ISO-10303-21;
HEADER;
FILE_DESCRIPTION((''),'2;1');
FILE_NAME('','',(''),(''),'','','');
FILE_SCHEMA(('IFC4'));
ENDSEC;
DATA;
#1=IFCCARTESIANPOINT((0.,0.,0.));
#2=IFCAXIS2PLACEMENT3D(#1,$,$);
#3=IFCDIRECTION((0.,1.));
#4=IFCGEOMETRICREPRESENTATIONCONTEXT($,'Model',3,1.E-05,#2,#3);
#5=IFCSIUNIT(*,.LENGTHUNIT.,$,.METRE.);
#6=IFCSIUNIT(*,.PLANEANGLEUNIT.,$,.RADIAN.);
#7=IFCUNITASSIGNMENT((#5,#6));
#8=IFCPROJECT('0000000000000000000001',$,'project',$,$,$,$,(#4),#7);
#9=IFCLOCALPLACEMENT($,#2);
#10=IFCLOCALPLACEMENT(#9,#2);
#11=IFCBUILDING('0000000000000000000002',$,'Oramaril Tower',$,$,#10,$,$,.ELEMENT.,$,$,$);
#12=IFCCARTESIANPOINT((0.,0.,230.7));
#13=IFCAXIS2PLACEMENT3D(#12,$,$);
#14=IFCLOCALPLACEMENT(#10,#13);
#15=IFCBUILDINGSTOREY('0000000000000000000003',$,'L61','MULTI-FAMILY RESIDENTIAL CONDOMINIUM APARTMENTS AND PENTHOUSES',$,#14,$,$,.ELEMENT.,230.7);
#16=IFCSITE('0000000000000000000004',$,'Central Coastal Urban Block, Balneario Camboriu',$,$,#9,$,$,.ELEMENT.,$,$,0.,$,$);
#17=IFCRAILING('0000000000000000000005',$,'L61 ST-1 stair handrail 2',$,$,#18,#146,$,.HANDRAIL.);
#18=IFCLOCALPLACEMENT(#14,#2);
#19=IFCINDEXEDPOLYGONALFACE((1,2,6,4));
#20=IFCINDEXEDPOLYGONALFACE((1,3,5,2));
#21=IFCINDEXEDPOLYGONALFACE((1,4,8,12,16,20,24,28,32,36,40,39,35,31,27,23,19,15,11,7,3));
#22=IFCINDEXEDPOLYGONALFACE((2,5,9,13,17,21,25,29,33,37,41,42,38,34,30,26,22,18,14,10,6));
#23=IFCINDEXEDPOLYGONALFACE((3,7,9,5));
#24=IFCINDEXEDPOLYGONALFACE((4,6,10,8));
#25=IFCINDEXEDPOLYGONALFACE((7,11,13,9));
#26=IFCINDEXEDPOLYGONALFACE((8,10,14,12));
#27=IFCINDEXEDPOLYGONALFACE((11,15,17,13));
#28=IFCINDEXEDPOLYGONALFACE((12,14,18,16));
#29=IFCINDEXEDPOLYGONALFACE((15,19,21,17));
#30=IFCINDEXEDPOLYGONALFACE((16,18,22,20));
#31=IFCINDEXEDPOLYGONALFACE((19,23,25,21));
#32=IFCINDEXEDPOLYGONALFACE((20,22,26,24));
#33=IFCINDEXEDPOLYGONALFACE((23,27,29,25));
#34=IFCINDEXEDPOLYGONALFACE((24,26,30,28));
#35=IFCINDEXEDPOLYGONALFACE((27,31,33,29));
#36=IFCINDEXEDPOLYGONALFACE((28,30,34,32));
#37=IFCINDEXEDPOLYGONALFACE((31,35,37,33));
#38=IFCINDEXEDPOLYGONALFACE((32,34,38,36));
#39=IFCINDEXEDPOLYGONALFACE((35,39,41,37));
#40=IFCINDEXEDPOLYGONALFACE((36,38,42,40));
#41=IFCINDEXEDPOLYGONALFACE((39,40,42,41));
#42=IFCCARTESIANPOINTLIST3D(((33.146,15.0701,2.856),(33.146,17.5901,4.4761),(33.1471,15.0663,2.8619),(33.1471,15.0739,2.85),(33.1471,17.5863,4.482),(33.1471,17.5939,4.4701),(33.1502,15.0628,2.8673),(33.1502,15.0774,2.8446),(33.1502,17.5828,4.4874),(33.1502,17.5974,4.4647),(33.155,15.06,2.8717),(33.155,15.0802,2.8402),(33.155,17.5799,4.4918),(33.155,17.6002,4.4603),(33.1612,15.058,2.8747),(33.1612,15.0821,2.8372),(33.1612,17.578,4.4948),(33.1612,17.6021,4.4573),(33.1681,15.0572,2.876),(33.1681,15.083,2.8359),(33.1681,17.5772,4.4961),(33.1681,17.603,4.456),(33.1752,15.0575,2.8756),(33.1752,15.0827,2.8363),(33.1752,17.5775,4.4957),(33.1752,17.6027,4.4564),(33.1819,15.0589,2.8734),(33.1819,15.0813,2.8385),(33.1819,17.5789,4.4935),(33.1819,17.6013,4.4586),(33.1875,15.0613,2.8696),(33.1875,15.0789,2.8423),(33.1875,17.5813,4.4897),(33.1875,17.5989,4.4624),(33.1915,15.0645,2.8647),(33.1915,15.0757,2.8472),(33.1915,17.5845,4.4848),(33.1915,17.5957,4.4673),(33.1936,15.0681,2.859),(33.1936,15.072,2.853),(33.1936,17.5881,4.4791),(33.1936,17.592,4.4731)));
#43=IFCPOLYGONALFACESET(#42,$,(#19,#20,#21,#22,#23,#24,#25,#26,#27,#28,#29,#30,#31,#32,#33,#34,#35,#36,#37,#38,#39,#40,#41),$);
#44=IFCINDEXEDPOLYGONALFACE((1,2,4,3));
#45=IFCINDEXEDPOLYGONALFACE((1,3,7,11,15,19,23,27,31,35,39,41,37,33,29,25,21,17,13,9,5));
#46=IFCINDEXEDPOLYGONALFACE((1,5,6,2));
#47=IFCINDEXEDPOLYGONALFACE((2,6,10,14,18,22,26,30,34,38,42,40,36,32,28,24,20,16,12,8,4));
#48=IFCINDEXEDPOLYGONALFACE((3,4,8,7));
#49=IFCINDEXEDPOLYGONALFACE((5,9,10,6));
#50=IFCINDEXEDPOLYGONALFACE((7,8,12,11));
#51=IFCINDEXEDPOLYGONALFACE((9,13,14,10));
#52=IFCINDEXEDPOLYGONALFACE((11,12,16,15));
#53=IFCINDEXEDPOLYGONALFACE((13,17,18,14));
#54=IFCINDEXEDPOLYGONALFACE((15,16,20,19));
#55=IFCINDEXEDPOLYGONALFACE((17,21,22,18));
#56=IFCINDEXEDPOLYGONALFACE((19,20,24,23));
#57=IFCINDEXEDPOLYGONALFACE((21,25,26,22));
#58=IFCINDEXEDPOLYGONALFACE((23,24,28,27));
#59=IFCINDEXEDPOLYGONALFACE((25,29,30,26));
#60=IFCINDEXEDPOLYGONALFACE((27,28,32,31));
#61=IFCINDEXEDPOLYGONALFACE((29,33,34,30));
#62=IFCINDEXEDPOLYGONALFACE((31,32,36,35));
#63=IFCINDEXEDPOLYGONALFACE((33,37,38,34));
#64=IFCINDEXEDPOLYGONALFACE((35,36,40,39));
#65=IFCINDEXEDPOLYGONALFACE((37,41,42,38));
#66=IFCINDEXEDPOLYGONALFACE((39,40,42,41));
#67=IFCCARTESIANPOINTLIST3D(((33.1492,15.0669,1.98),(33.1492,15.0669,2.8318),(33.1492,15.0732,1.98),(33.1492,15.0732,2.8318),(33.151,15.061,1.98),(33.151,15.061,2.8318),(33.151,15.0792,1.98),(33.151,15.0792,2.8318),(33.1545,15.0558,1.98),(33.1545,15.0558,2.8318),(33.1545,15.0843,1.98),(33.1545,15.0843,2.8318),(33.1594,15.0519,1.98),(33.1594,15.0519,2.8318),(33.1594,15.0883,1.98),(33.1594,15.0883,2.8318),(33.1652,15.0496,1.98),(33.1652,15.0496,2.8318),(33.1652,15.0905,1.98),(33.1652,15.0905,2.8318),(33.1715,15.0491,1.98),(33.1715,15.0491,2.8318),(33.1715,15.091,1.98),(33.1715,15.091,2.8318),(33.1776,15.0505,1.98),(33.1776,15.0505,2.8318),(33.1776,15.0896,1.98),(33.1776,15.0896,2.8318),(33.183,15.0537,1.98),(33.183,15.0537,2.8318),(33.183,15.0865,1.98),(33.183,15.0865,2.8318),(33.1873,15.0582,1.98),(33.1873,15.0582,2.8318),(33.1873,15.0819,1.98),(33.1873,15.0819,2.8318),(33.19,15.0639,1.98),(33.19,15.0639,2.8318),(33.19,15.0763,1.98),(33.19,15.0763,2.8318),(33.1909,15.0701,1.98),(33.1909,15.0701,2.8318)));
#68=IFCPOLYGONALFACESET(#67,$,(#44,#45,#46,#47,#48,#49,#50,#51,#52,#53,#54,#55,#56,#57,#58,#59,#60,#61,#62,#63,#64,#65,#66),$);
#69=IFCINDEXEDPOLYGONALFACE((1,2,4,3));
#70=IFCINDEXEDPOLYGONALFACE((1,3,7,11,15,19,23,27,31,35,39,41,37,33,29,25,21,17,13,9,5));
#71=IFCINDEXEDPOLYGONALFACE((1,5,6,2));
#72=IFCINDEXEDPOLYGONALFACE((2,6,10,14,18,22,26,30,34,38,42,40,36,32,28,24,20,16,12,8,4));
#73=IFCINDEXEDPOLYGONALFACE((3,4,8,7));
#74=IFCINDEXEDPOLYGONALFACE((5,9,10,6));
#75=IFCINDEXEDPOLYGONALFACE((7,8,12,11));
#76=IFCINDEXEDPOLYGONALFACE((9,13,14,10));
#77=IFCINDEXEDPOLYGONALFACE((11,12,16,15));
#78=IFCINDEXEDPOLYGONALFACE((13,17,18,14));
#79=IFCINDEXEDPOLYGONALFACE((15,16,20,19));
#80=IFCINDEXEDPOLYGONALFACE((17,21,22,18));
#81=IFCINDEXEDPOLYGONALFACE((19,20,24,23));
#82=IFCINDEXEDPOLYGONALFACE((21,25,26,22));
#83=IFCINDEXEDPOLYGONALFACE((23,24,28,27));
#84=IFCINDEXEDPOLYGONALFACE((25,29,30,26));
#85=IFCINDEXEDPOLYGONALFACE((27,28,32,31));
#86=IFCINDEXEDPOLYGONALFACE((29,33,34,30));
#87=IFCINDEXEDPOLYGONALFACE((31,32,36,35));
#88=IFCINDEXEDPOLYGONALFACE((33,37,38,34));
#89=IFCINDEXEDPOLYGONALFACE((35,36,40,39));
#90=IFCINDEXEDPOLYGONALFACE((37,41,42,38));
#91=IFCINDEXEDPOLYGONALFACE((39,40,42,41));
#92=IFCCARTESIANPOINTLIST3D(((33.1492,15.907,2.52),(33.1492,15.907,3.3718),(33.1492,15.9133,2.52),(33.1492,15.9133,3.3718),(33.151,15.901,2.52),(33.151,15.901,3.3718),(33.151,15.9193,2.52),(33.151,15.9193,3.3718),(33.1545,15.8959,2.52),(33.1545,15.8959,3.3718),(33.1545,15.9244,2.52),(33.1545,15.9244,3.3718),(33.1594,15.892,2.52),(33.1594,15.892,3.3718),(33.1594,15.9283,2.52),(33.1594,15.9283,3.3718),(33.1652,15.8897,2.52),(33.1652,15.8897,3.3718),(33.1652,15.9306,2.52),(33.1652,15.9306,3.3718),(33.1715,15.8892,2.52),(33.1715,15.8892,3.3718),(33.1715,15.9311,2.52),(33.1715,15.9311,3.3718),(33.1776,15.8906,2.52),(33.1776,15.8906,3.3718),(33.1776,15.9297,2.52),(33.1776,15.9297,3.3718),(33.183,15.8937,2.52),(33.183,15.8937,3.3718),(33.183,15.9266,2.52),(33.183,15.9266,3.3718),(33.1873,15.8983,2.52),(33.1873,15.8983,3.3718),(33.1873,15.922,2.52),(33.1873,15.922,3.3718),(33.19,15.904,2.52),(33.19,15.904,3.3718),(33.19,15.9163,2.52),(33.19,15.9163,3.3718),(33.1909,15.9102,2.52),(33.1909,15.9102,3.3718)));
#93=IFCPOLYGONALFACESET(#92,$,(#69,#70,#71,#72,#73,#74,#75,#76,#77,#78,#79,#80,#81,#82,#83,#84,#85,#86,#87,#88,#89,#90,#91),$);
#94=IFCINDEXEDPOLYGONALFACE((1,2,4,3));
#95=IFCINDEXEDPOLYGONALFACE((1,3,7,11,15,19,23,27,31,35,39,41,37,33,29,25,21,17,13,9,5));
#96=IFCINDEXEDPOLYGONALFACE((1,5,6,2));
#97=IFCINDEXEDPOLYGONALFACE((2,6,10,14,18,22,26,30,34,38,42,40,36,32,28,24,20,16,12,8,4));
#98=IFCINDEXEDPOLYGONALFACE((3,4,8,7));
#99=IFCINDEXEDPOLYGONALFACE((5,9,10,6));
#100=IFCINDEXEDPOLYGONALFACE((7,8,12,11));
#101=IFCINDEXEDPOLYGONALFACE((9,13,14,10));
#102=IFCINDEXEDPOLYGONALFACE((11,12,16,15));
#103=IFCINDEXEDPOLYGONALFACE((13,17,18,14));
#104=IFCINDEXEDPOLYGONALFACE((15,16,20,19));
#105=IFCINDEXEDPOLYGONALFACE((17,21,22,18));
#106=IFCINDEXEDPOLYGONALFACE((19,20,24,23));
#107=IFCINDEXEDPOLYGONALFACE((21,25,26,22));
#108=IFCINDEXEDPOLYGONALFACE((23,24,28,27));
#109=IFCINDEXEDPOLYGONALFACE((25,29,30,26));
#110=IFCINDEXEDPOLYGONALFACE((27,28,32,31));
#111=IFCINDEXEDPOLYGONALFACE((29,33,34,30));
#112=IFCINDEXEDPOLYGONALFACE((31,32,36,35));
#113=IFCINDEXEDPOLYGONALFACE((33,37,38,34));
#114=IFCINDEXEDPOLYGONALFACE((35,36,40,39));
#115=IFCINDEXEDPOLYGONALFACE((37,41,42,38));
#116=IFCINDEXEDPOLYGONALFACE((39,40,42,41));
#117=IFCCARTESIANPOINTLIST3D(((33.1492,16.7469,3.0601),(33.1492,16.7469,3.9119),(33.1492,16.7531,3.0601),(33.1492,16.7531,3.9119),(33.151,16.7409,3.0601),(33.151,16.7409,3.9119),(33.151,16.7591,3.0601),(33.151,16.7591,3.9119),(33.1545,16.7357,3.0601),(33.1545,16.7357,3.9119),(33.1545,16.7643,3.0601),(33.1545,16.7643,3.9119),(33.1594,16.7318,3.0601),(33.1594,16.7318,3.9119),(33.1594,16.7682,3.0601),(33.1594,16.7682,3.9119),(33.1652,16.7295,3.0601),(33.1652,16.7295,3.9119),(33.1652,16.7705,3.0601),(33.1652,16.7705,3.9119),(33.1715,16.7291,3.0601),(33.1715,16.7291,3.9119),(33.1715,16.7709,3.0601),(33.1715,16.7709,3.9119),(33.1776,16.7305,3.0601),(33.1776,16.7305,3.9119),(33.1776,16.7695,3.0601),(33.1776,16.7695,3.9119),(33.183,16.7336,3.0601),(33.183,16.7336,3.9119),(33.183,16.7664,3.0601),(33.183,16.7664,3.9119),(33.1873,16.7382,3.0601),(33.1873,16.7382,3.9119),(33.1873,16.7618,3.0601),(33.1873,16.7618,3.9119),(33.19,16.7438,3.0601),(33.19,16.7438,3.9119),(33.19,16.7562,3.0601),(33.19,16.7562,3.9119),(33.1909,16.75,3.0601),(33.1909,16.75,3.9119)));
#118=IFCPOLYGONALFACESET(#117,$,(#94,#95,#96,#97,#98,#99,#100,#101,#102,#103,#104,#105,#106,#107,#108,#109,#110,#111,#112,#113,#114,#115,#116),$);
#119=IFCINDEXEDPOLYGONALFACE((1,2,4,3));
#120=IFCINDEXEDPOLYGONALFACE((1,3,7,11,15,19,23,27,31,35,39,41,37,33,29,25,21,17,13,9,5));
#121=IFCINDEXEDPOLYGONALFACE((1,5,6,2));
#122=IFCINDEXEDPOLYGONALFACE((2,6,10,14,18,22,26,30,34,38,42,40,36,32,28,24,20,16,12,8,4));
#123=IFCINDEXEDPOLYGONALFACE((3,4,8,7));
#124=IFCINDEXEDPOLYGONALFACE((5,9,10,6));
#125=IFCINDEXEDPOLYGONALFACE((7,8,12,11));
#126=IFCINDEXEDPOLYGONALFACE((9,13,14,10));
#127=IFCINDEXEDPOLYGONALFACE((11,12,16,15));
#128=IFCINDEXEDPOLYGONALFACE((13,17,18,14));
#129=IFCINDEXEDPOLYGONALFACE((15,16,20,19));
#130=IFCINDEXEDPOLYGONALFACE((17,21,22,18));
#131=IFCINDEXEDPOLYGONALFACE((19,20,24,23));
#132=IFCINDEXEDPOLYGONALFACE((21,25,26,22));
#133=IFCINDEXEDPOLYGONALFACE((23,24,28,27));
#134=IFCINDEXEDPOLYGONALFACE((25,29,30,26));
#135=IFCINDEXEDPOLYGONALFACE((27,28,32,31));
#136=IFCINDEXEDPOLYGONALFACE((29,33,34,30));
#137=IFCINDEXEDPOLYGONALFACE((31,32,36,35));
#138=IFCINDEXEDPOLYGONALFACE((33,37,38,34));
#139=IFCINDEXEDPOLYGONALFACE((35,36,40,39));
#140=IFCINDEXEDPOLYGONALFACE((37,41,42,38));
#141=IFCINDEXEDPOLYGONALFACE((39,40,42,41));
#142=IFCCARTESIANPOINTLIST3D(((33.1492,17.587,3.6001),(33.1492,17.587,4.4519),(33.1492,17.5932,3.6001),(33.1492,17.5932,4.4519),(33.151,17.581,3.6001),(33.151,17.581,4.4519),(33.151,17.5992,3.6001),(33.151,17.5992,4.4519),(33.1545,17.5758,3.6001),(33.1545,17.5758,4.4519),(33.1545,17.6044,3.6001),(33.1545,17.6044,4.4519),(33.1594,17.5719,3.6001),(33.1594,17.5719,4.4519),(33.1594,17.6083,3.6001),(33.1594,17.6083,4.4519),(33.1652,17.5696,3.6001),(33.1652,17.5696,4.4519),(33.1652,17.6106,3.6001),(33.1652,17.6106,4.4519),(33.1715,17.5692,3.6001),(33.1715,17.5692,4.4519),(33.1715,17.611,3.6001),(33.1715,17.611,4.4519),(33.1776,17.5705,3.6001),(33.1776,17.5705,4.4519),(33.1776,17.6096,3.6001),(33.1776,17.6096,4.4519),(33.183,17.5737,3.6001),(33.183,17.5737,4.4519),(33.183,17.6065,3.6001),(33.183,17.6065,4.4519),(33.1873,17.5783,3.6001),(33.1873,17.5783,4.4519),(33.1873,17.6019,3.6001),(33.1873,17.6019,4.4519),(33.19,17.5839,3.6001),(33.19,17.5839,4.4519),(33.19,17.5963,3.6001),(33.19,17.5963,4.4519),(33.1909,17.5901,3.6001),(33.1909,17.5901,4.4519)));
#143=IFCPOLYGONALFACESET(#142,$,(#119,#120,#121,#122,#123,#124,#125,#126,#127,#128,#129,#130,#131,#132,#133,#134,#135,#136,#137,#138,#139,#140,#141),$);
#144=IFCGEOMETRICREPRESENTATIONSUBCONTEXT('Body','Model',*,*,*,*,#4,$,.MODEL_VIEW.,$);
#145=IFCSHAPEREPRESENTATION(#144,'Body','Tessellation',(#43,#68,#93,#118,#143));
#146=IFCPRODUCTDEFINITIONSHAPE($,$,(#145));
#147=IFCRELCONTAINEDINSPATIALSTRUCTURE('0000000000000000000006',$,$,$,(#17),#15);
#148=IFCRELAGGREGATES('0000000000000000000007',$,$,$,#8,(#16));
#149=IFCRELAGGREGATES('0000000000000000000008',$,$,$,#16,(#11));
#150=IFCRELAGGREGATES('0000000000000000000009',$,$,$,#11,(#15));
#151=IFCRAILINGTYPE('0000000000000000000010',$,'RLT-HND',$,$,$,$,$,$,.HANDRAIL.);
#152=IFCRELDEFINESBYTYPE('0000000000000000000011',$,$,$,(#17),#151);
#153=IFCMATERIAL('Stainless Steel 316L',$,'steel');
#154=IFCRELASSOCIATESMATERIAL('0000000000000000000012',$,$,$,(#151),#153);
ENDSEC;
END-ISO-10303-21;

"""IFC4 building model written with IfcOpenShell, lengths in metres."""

from ifc_helpers import new_model, si_unit, direction, frame, origin, origin_2d, place, context, subcontext, project, spatial, circle, extrude, material, type_object, element, save


model = new_model("IFC4")

# Units and contexts
model_context = context("Model", 3, precision=1e-05, world=origin(), true_north=direction((0.0, 1.0)))
body_context = subcontext(model_context, "Body", "Model", "MODEL_VIEW")
ifc_project = project(units=[si_unit("LENGTHUNIT", "METRE"), si_unit("PLANEANGLEUNIT", "RADIAN")], contexts=[model_context])

# Site, building, storey
site_placement = place(None, origin())
site = spatial("IfcSite", under=ifc_project, at=site_placement, Name="Central Coastal Urban Block, Balneario Camboriu", CompositionType="ELEMENT", RefElevation=0.0)
building_placement = place(site_placement, origin())
building = spatial("IfcBuilding", under=site, at=building_placement, Name="Oramaril Tower", CompositionType="ELEMENT")
storey_placement = place(building_placement, frame((0.0, 0.0, 230.7)))
storey = spatial("IfcBuildingStorey", under=building, at=storey_placement, Name="L61", Description="MULTI-FAMILY RESIDENTIAL CONDOMINIUM APARTMENTS AND PENTHOUSES", CompositionType="ELEMENT", Elevation=230.7)

# Railing
ifc_material_1 = material(Name="Stainless Steel 316L", Category="steel")
railing_type_1 = type_object("IfcRailingType", Name="RLT-HND", PredefinedType="HANDRAIL", material=ifc_material_1)
railing_1_placement = place(storey_placement, frame((33.1699, 15.0701, 1.98)))
element("IfcRailing", 1, at=railing_1_placement, inside=storey, type_object=railing_type_1, Name="L61 ST-1 stair handrail 2", PredefinedType="HANDRAIL", context=body_context, shape_type="SweptSolid", body=[
    extrude(circle(Radius=0.0239, at=origin_2d()), frame((0.0, 0.0, 0.876), z_axis=(0.0, 0.841163, 0.540782), x_axis=(-1.0, 0.0, 0.0)), (0.0, 0.0, 1.0), 2.9958),
    extrude(circle(Radius=0.021, at=origin_2d()), origin(), (0.0, 0.0, 1.0), 0.8518),
    extrude(circle(Radius=0.021, at=origin_2d()), frame((0.0, 0.8401, 0.54)), (0.0, 0.0, 1.0), 0.8518),
    extrude(circle(Radius=0.021, at=origin_2d()), frame((0.0, 1.6799, 1.0801)), (0.0, 0.0, 1.0), 0.8518),
    extrude(circle(Radius=0.021, at=origin_2d()), frame((0.0, 2.52, 1.6201)), (0.0, 0.0, 1.0), 0.8518),
])

save(model, "model.ifc")
